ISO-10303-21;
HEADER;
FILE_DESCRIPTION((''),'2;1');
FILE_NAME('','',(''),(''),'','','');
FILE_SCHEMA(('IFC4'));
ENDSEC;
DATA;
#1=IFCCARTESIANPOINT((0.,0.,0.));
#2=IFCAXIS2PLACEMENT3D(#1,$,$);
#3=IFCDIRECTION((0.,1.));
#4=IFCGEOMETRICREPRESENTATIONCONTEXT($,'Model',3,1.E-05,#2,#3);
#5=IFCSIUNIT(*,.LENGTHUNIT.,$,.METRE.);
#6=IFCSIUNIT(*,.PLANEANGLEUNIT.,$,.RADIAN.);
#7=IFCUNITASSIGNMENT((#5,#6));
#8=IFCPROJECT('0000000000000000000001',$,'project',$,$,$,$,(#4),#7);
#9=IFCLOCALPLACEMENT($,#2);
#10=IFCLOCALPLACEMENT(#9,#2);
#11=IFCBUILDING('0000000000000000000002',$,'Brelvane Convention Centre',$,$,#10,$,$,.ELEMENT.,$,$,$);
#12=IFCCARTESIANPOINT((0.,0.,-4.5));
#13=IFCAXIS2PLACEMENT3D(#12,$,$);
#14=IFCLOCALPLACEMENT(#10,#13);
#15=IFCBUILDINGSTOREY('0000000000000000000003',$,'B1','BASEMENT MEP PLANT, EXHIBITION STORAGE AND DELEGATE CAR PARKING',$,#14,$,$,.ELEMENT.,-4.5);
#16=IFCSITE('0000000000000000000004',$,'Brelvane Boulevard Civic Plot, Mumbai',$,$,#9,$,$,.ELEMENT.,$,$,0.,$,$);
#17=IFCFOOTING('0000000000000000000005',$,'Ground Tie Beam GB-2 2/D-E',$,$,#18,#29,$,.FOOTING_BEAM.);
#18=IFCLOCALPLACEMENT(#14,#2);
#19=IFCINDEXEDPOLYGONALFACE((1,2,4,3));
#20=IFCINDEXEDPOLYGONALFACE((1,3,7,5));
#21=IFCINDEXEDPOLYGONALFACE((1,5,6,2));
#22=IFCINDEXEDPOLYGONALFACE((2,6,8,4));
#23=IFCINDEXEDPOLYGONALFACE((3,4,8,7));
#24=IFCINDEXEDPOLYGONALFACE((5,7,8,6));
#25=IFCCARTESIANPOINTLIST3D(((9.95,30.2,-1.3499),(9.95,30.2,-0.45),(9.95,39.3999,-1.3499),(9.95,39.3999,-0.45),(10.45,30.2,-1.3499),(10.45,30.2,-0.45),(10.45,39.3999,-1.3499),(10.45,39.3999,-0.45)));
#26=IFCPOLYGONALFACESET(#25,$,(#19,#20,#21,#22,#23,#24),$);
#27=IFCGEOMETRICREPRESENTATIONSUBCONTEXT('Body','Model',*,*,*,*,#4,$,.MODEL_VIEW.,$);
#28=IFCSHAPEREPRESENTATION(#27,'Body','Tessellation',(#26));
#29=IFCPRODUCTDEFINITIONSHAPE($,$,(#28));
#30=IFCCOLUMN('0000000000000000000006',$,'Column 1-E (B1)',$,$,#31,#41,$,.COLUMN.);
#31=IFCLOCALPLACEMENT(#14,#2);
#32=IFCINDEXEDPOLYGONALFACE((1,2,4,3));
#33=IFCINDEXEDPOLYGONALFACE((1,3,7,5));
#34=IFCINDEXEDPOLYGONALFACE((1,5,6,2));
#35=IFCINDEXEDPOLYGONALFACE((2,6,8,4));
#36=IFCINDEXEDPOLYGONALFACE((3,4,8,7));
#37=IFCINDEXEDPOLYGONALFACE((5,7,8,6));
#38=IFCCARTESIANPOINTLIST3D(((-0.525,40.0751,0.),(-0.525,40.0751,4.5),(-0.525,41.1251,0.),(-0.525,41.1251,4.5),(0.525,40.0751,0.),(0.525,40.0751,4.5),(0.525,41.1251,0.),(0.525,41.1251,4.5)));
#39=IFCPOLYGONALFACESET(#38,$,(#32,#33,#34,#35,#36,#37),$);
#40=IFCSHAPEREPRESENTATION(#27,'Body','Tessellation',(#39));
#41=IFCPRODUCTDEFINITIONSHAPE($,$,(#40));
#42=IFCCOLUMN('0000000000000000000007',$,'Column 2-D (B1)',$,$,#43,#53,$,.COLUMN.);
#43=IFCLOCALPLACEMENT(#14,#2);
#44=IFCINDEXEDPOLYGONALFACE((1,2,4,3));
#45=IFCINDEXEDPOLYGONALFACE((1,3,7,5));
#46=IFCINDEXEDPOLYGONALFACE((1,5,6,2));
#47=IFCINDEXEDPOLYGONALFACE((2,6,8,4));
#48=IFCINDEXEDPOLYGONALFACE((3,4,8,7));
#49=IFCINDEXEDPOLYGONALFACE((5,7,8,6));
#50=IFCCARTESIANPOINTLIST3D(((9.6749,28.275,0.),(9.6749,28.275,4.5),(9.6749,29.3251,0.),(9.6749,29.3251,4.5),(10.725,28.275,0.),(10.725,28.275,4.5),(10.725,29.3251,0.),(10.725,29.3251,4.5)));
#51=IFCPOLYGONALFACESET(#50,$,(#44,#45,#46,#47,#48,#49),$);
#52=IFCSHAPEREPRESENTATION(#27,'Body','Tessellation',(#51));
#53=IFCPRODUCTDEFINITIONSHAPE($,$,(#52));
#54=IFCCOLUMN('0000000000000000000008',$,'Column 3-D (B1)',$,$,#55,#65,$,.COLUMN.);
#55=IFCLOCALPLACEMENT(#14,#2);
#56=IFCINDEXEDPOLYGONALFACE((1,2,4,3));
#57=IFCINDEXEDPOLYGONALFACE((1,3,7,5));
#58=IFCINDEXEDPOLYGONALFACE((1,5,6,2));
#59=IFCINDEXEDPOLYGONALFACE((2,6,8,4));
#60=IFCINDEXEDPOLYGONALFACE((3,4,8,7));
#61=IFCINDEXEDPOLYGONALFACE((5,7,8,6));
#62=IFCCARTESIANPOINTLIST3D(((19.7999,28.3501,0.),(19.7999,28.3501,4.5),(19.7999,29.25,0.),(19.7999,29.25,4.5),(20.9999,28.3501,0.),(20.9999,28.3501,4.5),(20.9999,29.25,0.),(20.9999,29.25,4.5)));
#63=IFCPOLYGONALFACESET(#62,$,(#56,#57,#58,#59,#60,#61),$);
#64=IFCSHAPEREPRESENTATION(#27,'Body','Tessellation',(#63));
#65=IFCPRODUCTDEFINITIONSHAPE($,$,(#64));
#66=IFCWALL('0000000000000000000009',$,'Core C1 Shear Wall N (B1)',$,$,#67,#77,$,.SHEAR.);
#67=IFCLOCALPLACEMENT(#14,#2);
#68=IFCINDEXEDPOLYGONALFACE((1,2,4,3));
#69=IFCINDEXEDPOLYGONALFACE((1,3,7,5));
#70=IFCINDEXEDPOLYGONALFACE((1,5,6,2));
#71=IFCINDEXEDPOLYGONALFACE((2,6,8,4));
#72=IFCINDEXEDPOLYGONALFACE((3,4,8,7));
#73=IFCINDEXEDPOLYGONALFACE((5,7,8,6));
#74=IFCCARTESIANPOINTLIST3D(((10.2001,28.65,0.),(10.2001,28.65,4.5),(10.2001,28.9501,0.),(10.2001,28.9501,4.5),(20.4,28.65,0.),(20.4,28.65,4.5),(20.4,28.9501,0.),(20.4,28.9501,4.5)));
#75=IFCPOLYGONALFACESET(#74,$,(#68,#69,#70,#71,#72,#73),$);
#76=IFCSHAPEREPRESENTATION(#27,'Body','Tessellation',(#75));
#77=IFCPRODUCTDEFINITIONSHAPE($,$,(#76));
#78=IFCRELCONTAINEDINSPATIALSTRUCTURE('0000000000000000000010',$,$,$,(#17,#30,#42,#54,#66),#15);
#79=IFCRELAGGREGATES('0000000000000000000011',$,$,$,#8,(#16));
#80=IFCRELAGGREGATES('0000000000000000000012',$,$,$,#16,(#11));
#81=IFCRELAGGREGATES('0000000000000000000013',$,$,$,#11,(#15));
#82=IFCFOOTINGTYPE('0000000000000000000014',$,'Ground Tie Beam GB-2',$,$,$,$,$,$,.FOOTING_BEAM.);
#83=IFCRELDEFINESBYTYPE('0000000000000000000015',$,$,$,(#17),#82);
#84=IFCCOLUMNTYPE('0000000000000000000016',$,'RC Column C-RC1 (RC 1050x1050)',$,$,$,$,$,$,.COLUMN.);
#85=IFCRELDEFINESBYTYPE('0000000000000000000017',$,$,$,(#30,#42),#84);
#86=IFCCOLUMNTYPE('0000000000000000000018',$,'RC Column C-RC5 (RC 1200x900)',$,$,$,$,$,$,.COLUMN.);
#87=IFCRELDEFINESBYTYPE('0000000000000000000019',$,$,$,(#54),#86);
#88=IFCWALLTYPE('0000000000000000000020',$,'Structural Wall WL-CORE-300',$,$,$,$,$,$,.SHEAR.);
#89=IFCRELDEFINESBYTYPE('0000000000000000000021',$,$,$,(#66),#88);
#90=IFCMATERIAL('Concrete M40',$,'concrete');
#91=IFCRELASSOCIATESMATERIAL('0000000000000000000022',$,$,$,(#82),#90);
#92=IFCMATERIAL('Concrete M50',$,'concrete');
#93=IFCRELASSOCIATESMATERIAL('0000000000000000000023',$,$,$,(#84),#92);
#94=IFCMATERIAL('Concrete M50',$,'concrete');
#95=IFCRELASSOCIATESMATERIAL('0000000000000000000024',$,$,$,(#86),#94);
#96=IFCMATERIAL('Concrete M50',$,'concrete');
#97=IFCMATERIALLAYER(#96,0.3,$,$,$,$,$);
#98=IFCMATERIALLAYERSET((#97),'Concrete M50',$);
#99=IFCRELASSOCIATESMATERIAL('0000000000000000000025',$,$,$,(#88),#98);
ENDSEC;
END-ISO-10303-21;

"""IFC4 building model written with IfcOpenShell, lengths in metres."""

from ifc_helpers import new_model, si_unit, direction, frame, frame_2d, origin, origin_2d, place, context, subcontext, project, spatial, rectangle, extrude, material, layer, layer_set, material_profile, profile_set, type_object, element, save


model = new_model("IFC4")

# Units and contexts
model_context = context("Model", 3, precision=1e-05, world=origin(), true_north=direction((0.0, 1.0)))
body_context = subcontext(model_context, "Body", "Model", "MODEL_VIEW")
ifc_project = project(units=[si_unit("LENGTHUNIT", "METRE"), si_unit("PLANEANGLEUNIT", "RADIAN")], contexts=[model_context])

# Site, building, storey
site_placement = place(None, origin())
site = spatial("IfcSite", under=ifc_project, at=site_placement, Name="Brelvane Boulevard Civic Plot, Mumbai", CompositionType="ELEMENT", RefElevation=0.0)
building_placement = place(site_placement, origin())
building = spatial("IfcBuilding", under=site, at=building_placement, Name="Brelvane Convention Centre", CompositionType="ELEMENT")
storey_placement = place(building_placement, frame((0.0, 0.0, -4.5)))
storey = spatial("IfcBuildingStorey", under=building, at=storey_placement, Name="B1", Description="BASEMENT MEP PLANT, EXHIBITION STORAGE AND DELEGATE CAR PARKING", CompositionType="ELEMENT", Elevation=-4.5)

# Footing
ifc_material_1 = material(Name="Concrete M40", Category="concrete")
ifc_material_profile_1 = material_profile(ifc_material_1, rectangle(XDim=0.5, YDim=0.8999, at=origin_2d()), Name="RC 500x900")
ifc_profile_set_1 = profile_set([ifc_material_profile_1], Name="Concrete M40")
footing_type_1 = type_object("IfcFootingType", Name="Ground Tie Beam GB-2", PredefinedType="FOOTING_BEAM", material=ifc_profile_set_1)
footing_1_placement = place(storey_placement, frame((10.2, 30.2, -0.8999), z_axis=(0.0, 1.0, 0.0), x_axis=(-1.0, 0.0, 0.0)))
element("IfcFooting", 1, at=footing_1_placement, inside=storey, type_object=footing_type_1, Name="Ground Tie Beam GB-2 2/D-E", PredefinedType="FOOTING_BEAM", context=body_context, shape_type="SweptSolid", body=[
    extrude(rectangle(XDim=0.5, YDim=0.8999, at=origin_2d()), origin(), (0.0, 0.0, 1.0), 9.2),
])

# Columns
ifc_material_2 = material(Name="Concrete M50", Category="concrete")
ifc_material_profile_2 = material_profile(ifc_material_2, rectangle(XDim=1.05, YDim=1.05, at=origin_2d()), Name="RC 1050x1050")
ifc_profile_set_2 = profile_set([ifc_material_profile_2], Name="Concrete M50")
column_type_1 = type_object("IfcColumnType", Name="RC Column C-RC1 (RC 1050x1050)", PredefinedType="COLUMN", material=ifc_profile_set_2)
for number, where, z_axis, x_axis, name in (
    (2, (0.0, 40.6001, 0.0), (0.0, 0.0, 1.0), (1.0, 0.0, 0.0), "Column 1-E (B1)"),
    (3, (10.2, 28.8, 0.0), (0.0, 0.0, 1.0), (1.0, 0.0, 0.0), "Column 2-D (B1)"),
):
    element("IfcColumn", number, at=place(storey_placement, frame(where, z_axis=z_axis, x_axis=x_axis)), inside=storey, type_object=column_type_1, Name=name, PredefinedType="COLUMN", context=body_context, shape_type="SweptSolid", body=[
        extrude(rectangle(XDim=1.05, YDim=1.05, at=origin_2d()), origin(), (0.0, 0.0, 1.0), 4.5),
    ])
ifc_material_3 = material(Name="Concrete M50", Category="concrete")
ifc_material_profile_3 = material_profile(ifc_material_3, rectangle(XDim=1.2, YDim=0.8999, at=origin_2d()), Name="RC 1200x900")
ifc_profile_set_3 = profile_set([ifc_material_profile_3], Name="Concrete M50")
column_type_2 = type_object("IfcColumnType", Name="RC Column C-RC5 (RC 1200x900)", PredefinedType="COLUMN", material=ifc_profile_set_3)
column_placement = place(storey_placement, frame((20.3999, 28.8, 0.0), z_axis=(0.0, 0.0, 1.0), x_axis=(1.0, 0.0, 0.0)))
element("IfcColumn", 4, at=column_placement, inside=storey, type_object=column_type_2, Name="Column 3-D (B1)", PredefinedType="COLUMN", context=body_context, shape_type="SweptSolid", body=[
    extrude(rectangle(XDim=1.2, YDim=0.8999, at=origin_2d()), origin(), (0.0, 0.0, 1.0), 4.5),
])

# Wall
ifc_material_4 = material(Name="Concrete M50", Category="concrete")
ifc_layer = layer(ifc_material_4, 0.3)
ifc_layer_set = layer_set([ifc_layer], Name="Concrete M50")
wall_type = type_object("IfcWallType", Name="Structural Wall WL-CORE-300", PredefinedType="SHEAR", material=ifc_layer_set)
wall_placement = place(storey_placement, frame((10.2, 28.8, 0.0), z_axis=(0.0, 0.0, 1.0), x_axis=(1.0, 0.0, 0.0)))
element("IfcWall", 5, at=wall_placement, inside=storey, type_object=wall_type, Name="Core C1 Shear Wall N (B1)", PredefinedType="SHEAR", context=body_context, shape_type="SweptSolid", body=[
    extrude(rectangle(XDim=10.2, YDim=0.3, at=frame_2d((5.1001, 0.0))), origin(), (0.0, 0.0, 1.0), 4.5),
])

save(model, "model.ifc")
